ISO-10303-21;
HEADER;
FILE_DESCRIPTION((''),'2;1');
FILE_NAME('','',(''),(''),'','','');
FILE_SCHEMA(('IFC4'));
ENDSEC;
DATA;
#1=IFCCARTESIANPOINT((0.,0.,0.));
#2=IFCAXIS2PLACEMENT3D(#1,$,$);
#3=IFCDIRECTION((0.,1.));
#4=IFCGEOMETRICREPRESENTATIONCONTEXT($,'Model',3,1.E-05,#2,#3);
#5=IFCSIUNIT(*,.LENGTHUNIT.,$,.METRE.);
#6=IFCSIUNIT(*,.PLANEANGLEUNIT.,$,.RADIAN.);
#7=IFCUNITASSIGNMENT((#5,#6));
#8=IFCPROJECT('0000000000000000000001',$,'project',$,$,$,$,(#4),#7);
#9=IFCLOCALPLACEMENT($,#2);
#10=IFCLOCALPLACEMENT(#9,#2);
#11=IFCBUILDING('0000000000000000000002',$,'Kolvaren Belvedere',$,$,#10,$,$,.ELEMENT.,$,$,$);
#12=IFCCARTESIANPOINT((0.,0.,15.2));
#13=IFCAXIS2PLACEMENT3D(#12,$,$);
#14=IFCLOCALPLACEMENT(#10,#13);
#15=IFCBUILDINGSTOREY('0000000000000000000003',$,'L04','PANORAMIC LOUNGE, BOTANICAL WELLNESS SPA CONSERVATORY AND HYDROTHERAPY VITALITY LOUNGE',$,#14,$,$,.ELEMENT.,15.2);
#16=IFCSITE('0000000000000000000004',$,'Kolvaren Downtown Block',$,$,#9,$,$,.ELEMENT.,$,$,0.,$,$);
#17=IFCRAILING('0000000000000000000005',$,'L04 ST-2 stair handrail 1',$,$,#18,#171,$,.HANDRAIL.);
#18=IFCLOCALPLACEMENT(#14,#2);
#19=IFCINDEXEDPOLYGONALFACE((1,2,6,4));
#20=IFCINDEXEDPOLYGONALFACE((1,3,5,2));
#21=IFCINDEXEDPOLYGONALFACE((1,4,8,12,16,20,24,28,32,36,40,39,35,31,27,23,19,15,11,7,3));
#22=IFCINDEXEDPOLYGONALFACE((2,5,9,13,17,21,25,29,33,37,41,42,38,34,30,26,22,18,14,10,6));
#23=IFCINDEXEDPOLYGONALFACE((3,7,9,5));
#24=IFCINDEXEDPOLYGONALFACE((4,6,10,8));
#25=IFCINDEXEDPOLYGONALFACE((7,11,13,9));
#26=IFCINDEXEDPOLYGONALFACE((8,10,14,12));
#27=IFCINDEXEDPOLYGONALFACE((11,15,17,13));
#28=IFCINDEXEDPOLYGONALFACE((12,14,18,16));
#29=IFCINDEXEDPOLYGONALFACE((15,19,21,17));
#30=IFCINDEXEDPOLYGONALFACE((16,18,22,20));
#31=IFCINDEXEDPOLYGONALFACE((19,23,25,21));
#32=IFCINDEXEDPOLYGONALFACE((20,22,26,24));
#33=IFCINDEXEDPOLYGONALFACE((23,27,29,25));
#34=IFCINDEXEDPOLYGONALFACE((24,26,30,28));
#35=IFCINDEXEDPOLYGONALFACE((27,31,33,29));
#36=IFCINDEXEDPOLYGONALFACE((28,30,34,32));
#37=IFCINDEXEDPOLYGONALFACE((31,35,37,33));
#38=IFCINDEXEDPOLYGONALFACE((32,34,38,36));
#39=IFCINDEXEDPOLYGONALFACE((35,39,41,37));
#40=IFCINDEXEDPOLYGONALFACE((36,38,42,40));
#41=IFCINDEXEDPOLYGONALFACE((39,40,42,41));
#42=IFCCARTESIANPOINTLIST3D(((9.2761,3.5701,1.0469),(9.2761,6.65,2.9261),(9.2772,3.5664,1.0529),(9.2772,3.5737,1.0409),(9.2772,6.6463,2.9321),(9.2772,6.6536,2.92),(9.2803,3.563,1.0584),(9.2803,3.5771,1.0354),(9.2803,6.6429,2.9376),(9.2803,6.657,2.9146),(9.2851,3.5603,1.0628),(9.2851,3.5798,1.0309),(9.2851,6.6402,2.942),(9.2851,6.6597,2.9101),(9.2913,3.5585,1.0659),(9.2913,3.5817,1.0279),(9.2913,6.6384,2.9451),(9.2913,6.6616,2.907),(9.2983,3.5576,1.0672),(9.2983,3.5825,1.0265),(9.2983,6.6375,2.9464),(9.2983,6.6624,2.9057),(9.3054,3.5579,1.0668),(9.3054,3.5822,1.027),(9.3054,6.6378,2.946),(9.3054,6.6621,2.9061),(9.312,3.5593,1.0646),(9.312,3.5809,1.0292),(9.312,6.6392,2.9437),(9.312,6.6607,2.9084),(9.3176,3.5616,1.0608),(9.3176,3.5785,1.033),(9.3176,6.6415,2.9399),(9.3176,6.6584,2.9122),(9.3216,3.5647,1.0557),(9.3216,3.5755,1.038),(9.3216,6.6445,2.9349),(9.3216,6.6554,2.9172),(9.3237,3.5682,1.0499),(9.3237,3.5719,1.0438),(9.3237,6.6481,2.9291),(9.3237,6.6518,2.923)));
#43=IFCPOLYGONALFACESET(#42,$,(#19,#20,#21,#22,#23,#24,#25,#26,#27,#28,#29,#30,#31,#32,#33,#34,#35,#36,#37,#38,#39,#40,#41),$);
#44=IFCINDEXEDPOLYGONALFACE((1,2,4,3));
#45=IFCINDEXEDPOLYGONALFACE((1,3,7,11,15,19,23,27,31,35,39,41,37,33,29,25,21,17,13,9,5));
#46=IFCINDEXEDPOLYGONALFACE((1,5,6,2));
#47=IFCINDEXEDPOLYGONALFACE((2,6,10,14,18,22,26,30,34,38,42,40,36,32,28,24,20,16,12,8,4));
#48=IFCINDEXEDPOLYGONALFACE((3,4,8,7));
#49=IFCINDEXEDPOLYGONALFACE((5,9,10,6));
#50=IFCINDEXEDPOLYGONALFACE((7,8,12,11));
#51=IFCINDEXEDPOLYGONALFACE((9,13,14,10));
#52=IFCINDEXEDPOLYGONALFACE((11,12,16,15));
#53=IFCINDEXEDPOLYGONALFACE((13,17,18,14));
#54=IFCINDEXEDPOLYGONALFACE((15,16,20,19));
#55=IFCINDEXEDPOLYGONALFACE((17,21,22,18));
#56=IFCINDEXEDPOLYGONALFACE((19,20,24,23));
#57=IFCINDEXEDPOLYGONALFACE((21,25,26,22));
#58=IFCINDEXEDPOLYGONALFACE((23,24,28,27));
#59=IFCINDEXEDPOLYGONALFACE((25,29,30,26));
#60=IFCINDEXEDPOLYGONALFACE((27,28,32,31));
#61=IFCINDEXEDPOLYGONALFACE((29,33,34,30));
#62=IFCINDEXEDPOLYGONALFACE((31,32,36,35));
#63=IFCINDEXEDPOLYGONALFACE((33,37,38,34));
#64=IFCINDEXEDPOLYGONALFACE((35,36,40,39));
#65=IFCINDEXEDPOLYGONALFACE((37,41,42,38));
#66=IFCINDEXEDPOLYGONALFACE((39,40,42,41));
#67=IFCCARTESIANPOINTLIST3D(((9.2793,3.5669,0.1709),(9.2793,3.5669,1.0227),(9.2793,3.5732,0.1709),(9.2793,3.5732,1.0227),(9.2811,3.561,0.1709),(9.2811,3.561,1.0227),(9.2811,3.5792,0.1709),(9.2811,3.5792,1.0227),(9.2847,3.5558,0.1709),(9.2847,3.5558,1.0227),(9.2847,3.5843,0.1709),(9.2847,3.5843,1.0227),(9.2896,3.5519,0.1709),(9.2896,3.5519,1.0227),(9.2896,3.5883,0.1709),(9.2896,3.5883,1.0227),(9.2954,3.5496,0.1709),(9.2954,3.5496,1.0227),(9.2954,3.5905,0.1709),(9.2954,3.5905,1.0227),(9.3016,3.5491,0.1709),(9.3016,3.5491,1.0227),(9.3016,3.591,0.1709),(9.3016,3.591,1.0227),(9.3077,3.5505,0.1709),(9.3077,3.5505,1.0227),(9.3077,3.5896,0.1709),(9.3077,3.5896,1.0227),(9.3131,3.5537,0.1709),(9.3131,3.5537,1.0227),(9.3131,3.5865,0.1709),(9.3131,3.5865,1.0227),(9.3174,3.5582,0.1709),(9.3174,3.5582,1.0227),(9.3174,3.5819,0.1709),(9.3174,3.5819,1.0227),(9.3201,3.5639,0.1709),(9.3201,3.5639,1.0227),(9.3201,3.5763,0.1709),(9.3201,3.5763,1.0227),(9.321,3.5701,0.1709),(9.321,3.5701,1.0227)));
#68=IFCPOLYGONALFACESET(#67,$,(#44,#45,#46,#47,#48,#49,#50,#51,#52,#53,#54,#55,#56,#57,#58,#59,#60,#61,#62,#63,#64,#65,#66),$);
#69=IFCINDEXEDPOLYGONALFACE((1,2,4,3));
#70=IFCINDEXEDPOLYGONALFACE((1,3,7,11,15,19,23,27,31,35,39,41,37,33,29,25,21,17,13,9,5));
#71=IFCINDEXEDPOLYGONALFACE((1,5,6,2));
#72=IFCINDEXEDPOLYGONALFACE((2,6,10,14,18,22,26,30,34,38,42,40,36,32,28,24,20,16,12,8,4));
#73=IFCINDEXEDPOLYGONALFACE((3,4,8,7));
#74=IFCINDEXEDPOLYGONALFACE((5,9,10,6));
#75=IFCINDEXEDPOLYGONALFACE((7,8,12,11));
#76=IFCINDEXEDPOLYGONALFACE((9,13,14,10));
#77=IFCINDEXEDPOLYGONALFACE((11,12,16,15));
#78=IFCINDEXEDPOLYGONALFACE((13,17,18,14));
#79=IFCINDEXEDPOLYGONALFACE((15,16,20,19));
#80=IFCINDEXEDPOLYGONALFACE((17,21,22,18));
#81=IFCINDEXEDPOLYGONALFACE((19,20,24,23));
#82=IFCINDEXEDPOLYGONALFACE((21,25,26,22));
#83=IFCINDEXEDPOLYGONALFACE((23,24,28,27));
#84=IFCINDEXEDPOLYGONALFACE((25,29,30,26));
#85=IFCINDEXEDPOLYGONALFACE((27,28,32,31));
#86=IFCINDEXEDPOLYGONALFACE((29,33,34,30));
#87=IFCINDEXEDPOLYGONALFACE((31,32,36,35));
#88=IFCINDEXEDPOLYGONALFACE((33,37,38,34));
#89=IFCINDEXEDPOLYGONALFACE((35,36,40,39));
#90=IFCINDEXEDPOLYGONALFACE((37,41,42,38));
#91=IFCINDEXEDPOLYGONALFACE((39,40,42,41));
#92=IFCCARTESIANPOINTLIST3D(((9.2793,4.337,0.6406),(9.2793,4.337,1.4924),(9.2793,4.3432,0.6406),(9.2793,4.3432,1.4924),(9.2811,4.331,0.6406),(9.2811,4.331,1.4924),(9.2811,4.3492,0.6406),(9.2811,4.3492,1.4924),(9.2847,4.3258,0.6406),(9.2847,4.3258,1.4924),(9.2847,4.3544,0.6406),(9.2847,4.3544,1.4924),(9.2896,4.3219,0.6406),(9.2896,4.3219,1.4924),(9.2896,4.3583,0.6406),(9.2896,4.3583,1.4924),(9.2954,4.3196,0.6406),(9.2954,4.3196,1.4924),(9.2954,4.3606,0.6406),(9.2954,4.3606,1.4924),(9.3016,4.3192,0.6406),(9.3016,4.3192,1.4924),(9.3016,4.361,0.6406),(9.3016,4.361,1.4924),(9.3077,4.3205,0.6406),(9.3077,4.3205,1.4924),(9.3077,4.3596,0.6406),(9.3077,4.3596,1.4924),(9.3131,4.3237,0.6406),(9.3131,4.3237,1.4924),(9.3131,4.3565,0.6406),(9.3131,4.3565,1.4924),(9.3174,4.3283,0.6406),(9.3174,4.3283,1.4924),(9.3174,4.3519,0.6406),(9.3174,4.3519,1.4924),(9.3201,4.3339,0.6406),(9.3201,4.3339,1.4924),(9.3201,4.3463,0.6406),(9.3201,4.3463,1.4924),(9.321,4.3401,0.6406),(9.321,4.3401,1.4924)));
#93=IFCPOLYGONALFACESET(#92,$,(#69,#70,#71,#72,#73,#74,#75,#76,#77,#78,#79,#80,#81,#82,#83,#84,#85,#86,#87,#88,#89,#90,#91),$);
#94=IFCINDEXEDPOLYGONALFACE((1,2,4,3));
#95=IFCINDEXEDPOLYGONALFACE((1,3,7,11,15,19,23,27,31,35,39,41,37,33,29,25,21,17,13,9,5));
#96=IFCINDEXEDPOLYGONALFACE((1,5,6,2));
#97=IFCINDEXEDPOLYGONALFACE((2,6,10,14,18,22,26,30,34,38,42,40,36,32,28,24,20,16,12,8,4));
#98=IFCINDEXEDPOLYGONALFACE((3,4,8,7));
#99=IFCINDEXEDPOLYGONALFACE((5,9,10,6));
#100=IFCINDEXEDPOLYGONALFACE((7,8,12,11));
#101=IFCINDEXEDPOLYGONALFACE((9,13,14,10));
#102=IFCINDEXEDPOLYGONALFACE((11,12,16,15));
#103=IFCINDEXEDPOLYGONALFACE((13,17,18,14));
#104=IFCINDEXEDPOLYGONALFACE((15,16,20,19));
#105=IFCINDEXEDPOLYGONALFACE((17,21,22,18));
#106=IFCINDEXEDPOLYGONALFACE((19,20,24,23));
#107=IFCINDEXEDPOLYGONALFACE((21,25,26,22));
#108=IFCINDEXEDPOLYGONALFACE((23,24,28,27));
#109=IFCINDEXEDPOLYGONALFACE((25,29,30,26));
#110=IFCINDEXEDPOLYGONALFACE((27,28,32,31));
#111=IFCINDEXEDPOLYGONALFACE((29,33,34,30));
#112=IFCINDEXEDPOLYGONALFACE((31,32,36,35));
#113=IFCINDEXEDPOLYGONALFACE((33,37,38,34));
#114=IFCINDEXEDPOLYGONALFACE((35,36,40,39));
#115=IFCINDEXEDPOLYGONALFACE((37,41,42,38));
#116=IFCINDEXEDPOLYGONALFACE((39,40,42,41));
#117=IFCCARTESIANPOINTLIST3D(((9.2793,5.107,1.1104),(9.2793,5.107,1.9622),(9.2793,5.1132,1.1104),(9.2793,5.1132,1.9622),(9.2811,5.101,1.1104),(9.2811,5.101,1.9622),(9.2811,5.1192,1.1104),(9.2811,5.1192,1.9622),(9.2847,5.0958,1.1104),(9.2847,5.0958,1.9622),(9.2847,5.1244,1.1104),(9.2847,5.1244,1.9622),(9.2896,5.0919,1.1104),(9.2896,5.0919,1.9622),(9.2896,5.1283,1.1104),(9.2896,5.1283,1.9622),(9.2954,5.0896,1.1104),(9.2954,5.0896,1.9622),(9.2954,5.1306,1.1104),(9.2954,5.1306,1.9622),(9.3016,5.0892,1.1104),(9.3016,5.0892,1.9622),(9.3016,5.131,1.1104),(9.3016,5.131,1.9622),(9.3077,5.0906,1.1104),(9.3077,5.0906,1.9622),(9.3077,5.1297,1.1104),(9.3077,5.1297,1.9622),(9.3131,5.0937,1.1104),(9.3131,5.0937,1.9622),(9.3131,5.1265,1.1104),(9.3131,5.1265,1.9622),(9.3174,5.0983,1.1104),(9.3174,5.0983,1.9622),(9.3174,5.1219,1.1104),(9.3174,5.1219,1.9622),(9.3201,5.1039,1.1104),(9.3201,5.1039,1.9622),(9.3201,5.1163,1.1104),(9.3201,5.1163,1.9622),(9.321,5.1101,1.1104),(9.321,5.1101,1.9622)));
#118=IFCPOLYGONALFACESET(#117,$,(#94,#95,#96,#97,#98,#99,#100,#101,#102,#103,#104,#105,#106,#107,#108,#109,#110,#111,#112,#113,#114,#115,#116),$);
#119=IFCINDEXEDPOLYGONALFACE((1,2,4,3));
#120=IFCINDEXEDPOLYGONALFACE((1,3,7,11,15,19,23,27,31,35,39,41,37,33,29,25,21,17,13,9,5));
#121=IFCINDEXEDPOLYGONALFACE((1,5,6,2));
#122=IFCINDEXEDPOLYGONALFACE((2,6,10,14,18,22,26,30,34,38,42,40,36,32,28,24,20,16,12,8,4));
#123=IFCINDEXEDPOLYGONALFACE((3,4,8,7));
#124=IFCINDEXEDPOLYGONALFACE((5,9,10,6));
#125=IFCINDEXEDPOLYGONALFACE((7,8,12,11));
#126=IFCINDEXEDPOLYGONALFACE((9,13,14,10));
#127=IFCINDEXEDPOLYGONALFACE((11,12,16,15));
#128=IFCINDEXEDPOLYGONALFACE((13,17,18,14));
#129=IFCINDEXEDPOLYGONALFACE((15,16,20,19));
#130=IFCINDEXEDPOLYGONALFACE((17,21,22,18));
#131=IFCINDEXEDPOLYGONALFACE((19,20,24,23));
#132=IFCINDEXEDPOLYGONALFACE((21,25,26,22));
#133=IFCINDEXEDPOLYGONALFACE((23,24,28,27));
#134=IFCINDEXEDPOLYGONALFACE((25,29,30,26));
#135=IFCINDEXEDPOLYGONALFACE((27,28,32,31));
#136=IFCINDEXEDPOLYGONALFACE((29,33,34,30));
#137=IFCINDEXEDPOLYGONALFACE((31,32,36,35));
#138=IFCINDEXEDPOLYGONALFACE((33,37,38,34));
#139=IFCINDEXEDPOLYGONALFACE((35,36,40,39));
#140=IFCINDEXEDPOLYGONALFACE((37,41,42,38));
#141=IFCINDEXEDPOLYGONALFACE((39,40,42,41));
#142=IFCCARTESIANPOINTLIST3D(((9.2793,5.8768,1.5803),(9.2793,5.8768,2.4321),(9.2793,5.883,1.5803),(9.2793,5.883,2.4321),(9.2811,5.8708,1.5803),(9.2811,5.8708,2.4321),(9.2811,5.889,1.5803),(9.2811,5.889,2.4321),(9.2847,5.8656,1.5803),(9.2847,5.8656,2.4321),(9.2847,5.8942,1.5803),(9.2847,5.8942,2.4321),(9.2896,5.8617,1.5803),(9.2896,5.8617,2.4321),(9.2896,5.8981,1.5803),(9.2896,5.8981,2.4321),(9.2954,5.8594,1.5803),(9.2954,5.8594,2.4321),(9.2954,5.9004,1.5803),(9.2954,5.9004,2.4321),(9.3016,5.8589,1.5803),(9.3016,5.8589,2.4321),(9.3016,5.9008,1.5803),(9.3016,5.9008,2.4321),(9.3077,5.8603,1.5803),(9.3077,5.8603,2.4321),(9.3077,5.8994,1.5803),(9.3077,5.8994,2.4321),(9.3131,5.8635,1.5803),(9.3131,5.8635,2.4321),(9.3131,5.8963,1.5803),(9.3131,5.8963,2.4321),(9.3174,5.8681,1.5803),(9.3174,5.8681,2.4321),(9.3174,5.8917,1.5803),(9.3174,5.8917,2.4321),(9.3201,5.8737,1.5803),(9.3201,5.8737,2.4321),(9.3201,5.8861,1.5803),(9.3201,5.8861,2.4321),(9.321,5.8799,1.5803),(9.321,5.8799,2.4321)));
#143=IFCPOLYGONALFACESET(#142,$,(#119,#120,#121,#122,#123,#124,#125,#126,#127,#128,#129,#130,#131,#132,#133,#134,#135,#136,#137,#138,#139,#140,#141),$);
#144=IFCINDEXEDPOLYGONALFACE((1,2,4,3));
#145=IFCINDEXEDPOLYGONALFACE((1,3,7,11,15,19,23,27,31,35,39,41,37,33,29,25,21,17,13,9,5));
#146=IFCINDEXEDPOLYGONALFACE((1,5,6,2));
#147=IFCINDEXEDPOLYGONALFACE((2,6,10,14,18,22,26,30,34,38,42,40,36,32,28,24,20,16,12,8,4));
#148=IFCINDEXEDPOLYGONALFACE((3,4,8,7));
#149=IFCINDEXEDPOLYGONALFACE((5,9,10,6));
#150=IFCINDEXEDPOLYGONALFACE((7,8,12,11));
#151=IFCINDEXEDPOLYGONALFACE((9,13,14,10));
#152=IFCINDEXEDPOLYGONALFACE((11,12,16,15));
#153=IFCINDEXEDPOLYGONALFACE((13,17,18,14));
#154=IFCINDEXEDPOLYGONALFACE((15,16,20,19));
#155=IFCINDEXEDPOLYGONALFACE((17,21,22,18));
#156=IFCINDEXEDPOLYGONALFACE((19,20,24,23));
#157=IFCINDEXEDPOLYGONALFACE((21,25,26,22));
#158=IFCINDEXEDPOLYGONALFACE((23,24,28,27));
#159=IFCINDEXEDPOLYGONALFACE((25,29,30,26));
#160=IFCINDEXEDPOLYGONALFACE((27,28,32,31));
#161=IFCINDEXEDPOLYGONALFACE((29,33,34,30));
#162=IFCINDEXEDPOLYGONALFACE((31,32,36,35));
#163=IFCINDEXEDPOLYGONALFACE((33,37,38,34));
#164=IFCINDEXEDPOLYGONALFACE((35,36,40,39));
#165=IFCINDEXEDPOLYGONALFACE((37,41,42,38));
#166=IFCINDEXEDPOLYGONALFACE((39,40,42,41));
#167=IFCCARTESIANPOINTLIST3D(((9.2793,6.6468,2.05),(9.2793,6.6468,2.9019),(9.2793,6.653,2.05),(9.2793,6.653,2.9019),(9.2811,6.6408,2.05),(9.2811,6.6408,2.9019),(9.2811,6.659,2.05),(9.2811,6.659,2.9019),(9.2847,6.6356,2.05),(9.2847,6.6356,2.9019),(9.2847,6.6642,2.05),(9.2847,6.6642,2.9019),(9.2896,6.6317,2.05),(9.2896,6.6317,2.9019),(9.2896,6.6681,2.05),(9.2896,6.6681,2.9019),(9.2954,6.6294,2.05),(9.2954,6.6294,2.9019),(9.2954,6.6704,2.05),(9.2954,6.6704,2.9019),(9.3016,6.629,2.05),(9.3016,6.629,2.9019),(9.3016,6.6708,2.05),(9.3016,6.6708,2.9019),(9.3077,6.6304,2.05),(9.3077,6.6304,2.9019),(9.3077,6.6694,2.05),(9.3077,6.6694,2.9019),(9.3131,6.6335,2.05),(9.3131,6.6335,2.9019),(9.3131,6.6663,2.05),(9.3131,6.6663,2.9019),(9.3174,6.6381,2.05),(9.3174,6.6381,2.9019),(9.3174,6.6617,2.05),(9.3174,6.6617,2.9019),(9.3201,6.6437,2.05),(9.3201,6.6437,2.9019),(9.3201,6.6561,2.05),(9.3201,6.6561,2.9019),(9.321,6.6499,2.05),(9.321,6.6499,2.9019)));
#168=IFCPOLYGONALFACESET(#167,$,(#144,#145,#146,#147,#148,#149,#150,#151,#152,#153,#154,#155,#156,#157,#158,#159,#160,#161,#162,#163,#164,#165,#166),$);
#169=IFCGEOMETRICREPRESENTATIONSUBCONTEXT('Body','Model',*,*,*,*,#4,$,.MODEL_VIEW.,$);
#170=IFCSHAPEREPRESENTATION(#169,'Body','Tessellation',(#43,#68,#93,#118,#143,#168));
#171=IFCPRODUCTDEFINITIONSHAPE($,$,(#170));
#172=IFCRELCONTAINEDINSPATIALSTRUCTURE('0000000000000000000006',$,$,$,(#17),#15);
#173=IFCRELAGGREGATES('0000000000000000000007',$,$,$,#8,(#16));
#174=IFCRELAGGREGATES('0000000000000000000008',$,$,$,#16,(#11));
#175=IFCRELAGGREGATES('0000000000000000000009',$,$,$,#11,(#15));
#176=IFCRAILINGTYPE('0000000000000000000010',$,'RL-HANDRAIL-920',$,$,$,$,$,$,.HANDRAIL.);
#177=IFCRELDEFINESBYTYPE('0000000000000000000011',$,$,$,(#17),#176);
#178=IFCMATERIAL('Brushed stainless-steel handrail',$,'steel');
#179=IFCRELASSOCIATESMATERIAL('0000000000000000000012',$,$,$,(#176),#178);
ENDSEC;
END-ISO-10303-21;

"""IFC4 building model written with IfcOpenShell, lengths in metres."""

from ifc_helpers import new_model, si_unit, direction, frame, origin, origin_2d, place, context, subcontext, project, spatial, circle, extrude, material, type_object, element, save


model = new_model("IFC4")

# Units and contexts
model_context = context("Model", 3, precision=1e-05, world=origin(), true_north=direction((0.0, 1.0)))
body_context = subcontext(model_context, "Body", "Model", "MODEL_VIEW")
ifc_project = project(units=[si_unit("LENGTHUNIT", "METRE"), si_unit("PLANEANGLEUNIT", "RADIAN")], contexts=[model_context])

# Site, building, storey
site_placement = place(None, origin())
site = spatial("IfcSite", under=ifc_project, at=site_placement, Name="Kolvaren Downtown Block", CompositionType="ELEMENT", RefElevation=0.0)
building_placement = place(site_placement, origin())
building = spatial("IfcBuilding", under=site, at=building_placement, Name="Kolvaren Belvedere", CompositionType="ELEMENT")
storey_placement = place(building_placement, frame((0.0, 0.0, 15.2)))
storey = spatial("IfcBuildingStorey", under=building, at=storey_placement, Name="L04", Description="PANORAMIC LOUNGE, BOTANICAL WELLNESS SPA CONSERVATORY AND HYDROTHERAPY VITALITY LOUNGE", CompositionType="ELEMENT", Elevation=15.2)

# Railing
ifc_material_1 = material(Name="Brushed stainless-steel handrail", Category="steel")
railing_type_1 = type_object("IfcRailingType", Name="RL-HANDRAIL-920", PredefinedType="HANDRAIL", material=ifc_material_1)
for number, where, name in (
    (1, (9.3, 3.5701, 0.1709), "L04 ST-2 stair handrail 1"),
):
    element("IfcRailing", number, at=place(storey_placement, frame(where)), inside=storey, type_object=railing_type_1, Name=name, PredefinedType="HANDRAIL", context=body_context, shape_type="SweptSolid", body=[
        extrude(circle(Radius=0.0239, at=origin_2d()), frame((0.0, 0.0, 0.876), z_axis=(0.0, 0.853648, 0.52085), x_axis=(-1.0, 0.0, 0.0)), (0.0, 0.0, 1.0), 3.6079),
        extrude(circle(Radius=0.021, at=origin_2d()), origin(), (0.0, 0.0, 1.0), 0.8518),
        extrude(circle(Radius=0.021, at=origin_2d()), frame((0.0, 0.77, 0.4697)), (0.0, 0.0, 1.0), 0.8518),
        extrude(circle(Radius=0.021, at=origin_2d()), frame((0.0, 1.54, 0.9395)), (0.0, 0.0, 1.0), 0.8518),
        extrude(circle(Radius=0.021, at=origin_2d()), frame((0.0, 2.3098, 1.4094)), (0.0, 0.0, 1.0), 0.8518),
        extrude(circle(Radius=0.021, at=origin_2d()), frame((0.0, 3.0798, 1.8792)), (0.0, 0.0, 1.0), 0.8518),
    ])

save(model, "model.ifc")
